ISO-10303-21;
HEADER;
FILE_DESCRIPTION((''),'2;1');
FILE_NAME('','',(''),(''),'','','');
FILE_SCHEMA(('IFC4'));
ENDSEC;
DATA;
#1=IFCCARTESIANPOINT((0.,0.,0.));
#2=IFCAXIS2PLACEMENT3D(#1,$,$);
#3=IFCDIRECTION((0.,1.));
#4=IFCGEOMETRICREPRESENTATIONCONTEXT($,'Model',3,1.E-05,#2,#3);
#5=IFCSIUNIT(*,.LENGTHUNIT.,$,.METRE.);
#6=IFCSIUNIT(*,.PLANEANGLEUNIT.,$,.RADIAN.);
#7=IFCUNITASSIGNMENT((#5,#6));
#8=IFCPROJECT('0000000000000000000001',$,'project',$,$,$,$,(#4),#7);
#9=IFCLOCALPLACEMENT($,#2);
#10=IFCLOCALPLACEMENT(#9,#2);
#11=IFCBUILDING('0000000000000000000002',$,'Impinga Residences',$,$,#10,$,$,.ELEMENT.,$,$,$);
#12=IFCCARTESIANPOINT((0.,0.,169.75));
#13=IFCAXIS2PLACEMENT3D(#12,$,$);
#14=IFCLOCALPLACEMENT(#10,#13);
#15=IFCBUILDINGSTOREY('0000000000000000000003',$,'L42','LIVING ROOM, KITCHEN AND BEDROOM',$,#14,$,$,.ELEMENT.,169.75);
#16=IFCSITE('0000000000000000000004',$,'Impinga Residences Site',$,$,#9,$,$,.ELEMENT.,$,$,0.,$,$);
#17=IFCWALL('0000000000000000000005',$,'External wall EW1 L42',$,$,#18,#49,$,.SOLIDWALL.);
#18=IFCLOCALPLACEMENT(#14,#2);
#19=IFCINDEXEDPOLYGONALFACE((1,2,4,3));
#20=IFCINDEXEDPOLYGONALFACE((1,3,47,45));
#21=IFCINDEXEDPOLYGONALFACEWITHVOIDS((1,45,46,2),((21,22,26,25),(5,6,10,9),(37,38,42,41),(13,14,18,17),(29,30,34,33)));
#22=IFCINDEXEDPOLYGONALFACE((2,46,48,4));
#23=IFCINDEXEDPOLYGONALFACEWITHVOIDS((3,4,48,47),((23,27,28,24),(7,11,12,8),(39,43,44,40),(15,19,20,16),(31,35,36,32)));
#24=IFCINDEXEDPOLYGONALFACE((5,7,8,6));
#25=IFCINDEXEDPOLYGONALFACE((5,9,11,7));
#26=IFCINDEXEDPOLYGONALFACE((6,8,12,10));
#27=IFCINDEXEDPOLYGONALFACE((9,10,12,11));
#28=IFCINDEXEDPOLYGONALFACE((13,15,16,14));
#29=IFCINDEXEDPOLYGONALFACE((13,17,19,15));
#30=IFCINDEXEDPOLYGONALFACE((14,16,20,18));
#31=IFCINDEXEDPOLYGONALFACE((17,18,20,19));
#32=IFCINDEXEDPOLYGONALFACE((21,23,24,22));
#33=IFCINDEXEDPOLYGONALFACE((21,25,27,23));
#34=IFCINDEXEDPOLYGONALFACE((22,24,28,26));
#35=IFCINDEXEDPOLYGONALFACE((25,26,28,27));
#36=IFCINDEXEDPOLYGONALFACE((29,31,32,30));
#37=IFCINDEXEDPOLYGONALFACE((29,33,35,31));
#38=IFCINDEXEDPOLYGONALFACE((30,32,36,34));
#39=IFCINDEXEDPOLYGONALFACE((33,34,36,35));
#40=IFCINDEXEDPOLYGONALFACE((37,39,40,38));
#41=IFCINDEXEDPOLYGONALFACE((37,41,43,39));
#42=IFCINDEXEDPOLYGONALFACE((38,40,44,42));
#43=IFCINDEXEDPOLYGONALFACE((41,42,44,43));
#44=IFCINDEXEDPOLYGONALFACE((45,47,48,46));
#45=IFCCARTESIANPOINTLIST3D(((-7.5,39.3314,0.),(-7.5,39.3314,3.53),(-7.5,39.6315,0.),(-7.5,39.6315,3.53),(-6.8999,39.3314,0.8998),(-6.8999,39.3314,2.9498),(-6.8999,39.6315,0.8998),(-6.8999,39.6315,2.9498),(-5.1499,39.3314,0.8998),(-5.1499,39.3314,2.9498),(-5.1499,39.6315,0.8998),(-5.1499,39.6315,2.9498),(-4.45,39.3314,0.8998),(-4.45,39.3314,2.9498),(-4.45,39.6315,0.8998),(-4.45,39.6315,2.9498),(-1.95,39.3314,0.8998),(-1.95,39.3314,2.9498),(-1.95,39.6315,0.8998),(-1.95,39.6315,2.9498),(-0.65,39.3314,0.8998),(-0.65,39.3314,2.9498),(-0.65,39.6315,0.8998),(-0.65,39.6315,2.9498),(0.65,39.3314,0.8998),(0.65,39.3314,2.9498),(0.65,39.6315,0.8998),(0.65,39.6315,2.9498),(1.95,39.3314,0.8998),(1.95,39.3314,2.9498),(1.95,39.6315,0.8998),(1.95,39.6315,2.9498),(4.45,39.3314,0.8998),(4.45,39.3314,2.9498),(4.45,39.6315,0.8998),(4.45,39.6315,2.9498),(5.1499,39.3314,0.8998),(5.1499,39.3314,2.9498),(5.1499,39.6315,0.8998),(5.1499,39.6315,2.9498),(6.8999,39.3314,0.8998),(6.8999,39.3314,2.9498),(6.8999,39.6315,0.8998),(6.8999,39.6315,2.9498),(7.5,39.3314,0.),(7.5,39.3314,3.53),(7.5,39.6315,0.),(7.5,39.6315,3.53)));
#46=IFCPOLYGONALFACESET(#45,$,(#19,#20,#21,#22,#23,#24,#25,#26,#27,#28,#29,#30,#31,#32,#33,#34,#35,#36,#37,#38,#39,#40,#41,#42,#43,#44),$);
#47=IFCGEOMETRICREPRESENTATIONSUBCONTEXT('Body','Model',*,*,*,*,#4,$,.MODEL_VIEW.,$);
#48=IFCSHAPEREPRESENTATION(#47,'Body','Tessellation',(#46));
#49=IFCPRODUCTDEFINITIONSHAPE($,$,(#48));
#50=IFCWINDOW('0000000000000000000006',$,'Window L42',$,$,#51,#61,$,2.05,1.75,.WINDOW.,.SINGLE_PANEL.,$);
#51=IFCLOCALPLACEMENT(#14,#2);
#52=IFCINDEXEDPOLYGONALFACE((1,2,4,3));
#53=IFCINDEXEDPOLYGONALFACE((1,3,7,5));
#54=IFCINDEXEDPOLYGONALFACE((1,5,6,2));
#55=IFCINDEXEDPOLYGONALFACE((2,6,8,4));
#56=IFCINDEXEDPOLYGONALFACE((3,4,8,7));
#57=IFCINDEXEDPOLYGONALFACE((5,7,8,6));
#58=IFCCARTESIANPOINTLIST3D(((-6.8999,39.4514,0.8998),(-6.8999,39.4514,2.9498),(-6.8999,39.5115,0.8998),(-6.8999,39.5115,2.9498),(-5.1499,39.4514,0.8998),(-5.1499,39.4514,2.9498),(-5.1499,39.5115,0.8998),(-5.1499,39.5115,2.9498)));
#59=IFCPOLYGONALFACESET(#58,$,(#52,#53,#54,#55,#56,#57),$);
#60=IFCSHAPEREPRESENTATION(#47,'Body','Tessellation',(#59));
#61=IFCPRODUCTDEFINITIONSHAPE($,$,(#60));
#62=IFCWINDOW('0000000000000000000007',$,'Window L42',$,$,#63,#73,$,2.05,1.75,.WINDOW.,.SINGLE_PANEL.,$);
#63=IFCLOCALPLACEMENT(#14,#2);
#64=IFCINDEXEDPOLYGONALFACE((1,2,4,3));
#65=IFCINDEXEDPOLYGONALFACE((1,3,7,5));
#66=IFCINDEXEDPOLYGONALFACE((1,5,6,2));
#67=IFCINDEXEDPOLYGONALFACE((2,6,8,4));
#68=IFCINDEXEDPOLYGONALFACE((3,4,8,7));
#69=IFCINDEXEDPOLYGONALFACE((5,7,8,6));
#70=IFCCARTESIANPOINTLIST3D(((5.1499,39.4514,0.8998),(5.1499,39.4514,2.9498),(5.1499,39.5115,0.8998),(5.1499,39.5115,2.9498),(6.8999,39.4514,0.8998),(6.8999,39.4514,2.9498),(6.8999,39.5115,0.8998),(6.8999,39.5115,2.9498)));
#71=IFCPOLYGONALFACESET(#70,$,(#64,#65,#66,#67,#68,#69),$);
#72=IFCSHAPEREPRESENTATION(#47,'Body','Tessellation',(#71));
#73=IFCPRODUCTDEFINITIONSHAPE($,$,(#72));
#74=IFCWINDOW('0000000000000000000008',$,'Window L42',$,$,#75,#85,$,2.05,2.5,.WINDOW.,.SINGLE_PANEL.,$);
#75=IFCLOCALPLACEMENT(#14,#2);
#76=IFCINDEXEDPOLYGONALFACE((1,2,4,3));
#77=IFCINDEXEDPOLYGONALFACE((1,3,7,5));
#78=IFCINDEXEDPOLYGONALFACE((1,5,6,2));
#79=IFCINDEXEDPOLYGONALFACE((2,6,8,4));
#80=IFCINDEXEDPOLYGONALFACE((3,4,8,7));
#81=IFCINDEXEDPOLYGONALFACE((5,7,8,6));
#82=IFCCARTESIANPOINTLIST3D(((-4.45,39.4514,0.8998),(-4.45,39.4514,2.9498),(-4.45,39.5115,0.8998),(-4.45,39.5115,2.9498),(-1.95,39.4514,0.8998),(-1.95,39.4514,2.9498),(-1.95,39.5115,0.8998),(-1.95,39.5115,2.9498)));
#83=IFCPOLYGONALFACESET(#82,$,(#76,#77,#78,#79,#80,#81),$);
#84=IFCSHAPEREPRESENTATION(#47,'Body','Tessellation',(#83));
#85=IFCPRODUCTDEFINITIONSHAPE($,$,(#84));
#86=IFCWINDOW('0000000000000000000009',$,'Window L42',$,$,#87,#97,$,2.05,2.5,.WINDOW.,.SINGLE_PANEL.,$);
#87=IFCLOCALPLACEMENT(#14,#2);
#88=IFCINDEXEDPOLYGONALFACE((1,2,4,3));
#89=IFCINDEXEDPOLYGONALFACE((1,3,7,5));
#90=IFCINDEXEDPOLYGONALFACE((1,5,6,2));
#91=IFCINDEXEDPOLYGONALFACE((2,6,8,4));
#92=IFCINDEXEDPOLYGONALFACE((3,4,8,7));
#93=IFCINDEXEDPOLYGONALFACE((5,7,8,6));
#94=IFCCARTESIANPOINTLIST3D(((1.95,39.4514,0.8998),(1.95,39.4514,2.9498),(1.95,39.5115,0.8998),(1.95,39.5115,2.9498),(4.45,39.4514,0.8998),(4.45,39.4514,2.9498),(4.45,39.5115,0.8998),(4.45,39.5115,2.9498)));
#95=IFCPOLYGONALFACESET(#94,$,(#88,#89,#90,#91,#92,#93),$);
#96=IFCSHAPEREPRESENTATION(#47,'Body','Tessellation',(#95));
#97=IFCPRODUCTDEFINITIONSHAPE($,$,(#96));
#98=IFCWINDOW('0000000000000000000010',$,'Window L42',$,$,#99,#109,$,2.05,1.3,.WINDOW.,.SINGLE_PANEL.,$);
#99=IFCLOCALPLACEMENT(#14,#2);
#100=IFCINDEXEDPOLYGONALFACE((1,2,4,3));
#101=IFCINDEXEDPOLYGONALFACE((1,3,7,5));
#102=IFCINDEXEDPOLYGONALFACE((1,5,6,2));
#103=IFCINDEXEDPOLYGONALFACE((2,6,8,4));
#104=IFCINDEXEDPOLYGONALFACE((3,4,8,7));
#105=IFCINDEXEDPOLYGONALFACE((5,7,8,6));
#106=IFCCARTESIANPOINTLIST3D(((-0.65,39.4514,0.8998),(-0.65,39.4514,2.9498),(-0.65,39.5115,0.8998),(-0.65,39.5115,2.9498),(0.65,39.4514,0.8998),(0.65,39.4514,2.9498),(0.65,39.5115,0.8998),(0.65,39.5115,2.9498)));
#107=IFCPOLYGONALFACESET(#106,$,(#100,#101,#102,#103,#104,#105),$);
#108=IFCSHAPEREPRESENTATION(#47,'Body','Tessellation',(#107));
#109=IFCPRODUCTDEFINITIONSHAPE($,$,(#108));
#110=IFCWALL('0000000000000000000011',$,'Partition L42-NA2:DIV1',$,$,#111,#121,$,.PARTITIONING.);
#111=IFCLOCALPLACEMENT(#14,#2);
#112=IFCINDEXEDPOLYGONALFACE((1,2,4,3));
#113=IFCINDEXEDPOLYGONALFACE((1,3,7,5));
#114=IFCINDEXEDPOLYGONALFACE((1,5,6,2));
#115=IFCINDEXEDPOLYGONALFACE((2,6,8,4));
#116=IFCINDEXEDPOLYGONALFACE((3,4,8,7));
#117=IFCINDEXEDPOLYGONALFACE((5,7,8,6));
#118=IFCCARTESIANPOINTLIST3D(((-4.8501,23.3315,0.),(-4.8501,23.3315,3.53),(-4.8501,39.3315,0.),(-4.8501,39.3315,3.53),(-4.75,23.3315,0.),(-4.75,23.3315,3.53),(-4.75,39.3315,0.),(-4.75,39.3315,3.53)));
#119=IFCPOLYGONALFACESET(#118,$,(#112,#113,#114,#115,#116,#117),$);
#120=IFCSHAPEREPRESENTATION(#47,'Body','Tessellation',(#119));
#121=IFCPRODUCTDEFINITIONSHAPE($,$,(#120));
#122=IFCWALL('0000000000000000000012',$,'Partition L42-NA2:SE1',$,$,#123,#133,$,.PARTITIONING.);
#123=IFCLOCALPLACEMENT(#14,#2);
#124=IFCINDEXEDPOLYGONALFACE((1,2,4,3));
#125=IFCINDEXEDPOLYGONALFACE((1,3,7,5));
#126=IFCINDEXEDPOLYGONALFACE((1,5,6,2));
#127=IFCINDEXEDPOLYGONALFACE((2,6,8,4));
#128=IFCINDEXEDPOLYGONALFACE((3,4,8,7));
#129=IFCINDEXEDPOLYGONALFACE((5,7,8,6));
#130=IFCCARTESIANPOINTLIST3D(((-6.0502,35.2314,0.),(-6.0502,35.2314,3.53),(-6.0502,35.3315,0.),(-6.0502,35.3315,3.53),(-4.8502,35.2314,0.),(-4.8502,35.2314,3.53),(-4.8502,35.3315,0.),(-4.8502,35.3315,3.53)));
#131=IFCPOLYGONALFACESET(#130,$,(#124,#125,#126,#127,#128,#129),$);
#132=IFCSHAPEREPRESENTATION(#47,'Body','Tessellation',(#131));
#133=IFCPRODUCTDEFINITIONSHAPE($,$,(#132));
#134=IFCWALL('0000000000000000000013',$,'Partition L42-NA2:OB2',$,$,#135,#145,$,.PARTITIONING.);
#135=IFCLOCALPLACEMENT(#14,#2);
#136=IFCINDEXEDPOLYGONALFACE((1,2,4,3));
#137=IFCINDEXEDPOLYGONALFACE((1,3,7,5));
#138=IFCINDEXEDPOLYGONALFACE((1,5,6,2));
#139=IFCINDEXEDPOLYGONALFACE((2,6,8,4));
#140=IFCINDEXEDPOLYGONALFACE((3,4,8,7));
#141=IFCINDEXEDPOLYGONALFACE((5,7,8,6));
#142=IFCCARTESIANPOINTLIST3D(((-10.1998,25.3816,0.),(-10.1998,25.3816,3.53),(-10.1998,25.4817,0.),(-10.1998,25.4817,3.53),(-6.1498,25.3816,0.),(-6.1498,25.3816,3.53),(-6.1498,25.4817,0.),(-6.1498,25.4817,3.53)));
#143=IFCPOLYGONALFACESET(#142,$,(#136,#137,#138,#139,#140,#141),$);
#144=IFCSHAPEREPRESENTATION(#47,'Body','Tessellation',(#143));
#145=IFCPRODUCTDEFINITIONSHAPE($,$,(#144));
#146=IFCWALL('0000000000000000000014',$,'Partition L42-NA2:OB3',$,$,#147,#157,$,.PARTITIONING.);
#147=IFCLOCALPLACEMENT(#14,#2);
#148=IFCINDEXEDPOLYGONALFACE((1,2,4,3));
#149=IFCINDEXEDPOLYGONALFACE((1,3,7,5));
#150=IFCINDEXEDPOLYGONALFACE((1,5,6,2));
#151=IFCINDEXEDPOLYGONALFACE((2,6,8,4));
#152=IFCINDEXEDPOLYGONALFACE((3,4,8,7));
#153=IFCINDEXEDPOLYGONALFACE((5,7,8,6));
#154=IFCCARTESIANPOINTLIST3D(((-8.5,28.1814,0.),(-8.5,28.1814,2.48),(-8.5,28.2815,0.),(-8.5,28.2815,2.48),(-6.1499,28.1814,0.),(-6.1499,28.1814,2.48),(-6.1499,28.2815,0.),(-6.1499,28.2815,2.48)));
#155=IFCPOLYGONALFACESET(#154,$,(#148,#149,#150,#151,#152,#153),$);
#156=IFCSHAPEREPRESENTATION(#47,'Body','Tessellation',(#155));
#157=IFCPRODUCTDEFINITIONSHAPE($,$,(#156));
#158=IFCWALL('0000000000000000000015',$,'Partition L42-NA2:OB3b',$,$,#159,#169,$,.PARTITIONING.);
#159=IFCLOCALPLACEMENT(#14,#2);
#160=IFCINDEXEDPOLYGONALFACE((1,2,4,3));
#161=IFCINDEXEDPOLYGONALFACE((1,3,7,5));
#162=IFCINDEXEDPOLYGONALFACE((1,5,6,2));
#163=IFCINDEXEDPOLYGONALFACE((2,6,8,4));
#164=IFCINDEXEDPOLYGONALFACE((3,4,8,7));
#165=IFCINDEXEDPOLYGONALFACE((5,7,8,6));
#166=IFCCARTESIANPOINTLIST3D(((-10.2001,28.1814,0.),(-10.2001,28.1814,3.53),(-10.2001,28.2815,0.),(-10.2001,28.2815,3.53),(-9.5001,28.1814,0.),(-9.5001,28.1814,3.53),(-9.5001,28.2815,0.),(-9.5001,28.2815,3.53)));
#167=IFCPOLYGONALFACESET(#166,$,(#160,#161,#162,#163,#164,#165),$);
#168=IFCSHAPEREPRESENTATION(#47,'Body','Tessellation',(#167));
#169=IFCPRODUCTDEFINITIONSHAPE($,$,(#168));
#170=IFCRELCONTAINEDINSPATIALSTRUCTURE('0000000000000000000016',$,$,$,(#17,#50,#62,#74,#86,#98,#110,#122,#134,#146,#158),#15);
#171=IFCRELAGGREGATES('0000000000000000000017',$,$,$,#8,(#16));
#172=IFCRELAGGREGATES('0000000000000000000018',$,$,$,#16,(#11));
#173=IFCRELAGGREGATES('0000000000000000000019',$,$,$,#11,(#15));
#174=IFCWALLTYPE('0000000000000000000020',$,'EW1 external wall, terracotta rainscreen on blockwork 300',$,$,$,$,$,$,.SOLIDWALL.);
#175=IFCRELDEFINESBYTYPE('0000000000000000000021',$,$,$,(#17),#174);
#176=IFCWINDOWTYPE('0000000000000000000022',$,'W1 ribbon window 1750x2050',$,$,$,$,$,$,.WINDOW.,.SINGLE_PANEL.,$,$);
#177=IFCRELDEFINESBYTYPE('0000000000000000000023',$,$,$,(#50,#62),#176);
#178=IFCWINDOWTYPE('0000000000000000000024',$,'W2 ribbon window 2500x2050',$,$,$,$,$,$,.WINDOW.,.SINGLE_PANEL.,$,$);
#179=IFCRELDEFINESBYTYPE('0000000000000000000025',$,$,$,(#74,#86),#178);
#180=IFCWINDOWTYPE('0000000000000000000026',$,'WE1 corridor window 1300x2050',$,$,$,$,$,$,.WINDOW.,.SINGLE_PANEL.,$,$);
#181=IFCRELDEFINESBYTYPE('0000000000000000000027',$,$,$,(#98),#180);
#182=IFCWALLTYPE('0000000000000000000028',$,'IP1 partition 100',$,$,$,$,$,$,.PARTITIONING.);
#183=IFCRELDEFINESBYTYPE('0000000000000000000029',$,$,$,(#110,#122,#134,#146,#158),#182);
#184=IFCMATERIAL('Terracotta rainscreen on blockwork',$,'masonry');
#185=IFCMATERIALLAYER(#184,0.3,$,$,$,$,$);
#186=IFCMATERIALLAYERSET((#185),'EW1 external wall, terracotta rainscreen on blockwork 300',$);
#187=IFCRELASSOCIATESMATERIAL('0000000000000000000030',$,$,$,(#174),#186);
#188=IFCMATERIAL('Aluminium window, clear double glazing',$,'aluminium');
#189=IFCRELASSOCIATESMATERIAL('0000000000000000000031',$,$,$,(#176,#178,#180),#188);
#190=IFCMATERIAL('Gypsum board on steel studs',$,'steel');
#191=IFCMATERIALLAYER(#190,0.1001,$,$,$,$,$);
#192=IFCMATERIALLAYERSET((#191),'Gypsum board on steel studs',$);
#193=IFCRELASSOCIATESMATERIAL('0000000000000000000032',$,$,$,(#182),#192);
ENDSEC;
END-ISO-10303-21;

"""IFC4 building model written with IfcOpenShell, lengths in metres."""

from ifc_helpers import new_model, si_unit, direction, frame, frame_2d, origin, place, context, subcontext, project, spatial, rectangle, extrude, material, layer, layer_set, type_object, element, fill, save


model = new_model("IFC4")

# Units and contexts
model_context = context("Model", 3, precision=1e-05, world=origin(), true_north=direction((0.0, 1.0)))
body_context = subcontext(model_context, "Body", "Model", "MODEL_VIEW")
ifc_project = project(units=[si_unit("LENGTHUNIT", "METRE"), si_unit("PLANEANGLEUNIT", "RADIAN")], contexts=[model_context])

# Site, building, storey
site_placement = place(None, origin())
site = spatial("IfcSite", under=ifc_project, at=site_placement, Name="Impinga Residences Site", CompositionType="ELEMENT", RefElevation=0.0)
building_placement = place(site_placement, origin())
building = spatial("IfcBuilding", under=site, at=building_placement, Name="Impinga Residences", CompositionType="ELEMENT")
storey_placement = place(building_placement, frame((0.0, 0.0, 169.75)))
storey = spatial("IfcBuildingStorey", under=building, at=storey_placement, Name="L42", Description="LIVING ROOM, KITCHEN AND BEDROOM", CompositionType="ELEMENT", Elevation=169.75)

# Shared definitions
ifc_material_1 = material(Name="Terracotta rainscreen on blockwork", Category="masonry")
ifc_layer_1 = layer(ifc_material_1, 0.3)
ifc_layer_set_1 = layer_set([ifc_layer_1], Name="EW1 external wall, terracotta rainscreen on blockwork 300")
wall_type_1 = type_object("IfcWallType", Name="EW1 external wall, terracotta rainscreen on blockwork 300", PredefinedType="SOLIDWALL", material=ifc_layer_set_1)

# Wall, openings, windows
wall_1_placement = place(storey_placement, frame((-7.5, 39.4814, 0.0), z_axis=(0.0, 0.0, 1.0), x_axis=(1.0, 0.0, 0.0)))
wall_1 = element("IfcWall", 1, at=wall_1_placement, inside=storey, type_object=wall_type_1, Name="External wall EW1 L42", PredefinedType="SOLIDWALL", context=body_context, shape_type="SweptSolid", body=[
    extrude(rectangle(XDim=15.0, YDim=0.3, at=frame_2d((7.5, 0.0))), origin(), (0.0, 0.0, 1.0), 3.53),
])
opening_1_placement = place(wall_1_placement, frame((0.6001, 0.0, 0.8999)))
opening_1 = element("IfcOpeningElement", 2, at=opening_1_placement, cuts=wall_1, PredefinedType="OPENING", context=body_context, shape_type="SweptSolid", body=[
    extrude(rectangle(XDim=1.75, YDim=2.05, at=frame_2d((0.875, 1.0249))), frame((0.0, 0.1599, 0.0), z_axis=(0.0, -1.0, 0.0), x_axis=(1.0, 0.0, 0.0)), (0.0, 0.0, 1.0), 0.3201),
])
opening_2_placement = place(wall_1_placement, frame((3.05, 0.0, 0.8999)))
opening_2 = element("IfcOpeningElement", 3, at=opening_2_placement, cuts=wall_1, PredefinedType="OPENING", context=body_context, shape_type="SweptSolid", body=[
    extrude(rectangle(XDim=2.5, YDim=2.05, at=frame_2d((1.25, 1.0249))), frame((0.0, 0.1599, 0.0), z_axis=(0.0, -1.0, 0.0), x_axis=(1.0, 0.0, 0.0)), (0.0, 0.0, 1.0), 0.3201),
])
opening_3_placement = place(wall_1_placement, frame((6.8501, 0.0, 0.8999)))
opening_3 = element("IfcOpeningElement", 4, at=opening_3_placement, cuts=wall_1, PredefinedType="OPENING", context=body_context, shape_type="SweptSolid", body=[
    extrude(rectangle(XDim=1.3, YDim=2.05, at=frame_2d((0.6499, 1.0249))), frame((0.0, 0.1599, 0.0), z_axis=(0.0, -1.0, 0.0), x_axis=(1.0, 0.0, 0.0)), (0.0, 0.0, 1.0), 0.3201),
])
opening_4_placement = place(wall_1_placement, frame((9.45, 0.0, 0.8999)))
opening_4 = element("IfcOpeningElement", 5, at=opening_4_placement, cuts=wall_1, PredefinedType="OPENING", context=body_context, shape_type="SweptSolid", body=[
    extrude(rectangle(XDim=2.5, YDim=2.05, at=frame_2d((1.25, 1.0249))), frame((0.0, 0.1599, 0.0), z_axis=(0.0, -1.0, 0.0), x_axis=(1.0, 0.0, 0.0)), (0.0, 0.0, 1.0), 0.3201),
])
opening_5_placement = place(wall_1_placement, frame((12.6499, 0.0, 0.8999)))
opening_5 = element("IfcOpeningElement", 6, at=opening_5_placement, cuts=wall_1, PredefinedType="OPENING", context=body_context, shape_type="SweptSolid", body=[
    extrude(rectangle(XDim=1.75, YDim=2.05, at=frame_2d((0.875, 1.0249))), frame((0.0, 0.1599, 0.0), z_axis=(0.0, -1.0, 0.0), x_axis=(1.0, 0.0, 0.0)), (0.0, 0.0, 1.0), 0.3201),
])
ifc_material_2 = material(Name="Aluminium window, clear double glazing", Category="aluminium")
window_type_1 = type_object("IfcWindowType", Name="W1 ribbon window 1750x2050", PartitioningType="SINGLE_PANEL", PredefinedType="WINDOW", material=ifc_material_2)
window_1_placement = place(opening_1_placement, origin())
window_1 = element("IfcWindow", 7, at=window_1_placement, inside=storey, type_object=window_type_1, Name="Window L42", OverallHeight=2.05, OverallWidth=1.75, PartitioningType="SINGLE_PANEL", PredefinedType="WINDOW", context=body_context, shape_type="SweptSolid", body=[
    extrude(rectangle(XDim=1.75, YDim=2.05, at=frame_2d((0.875, 1.0249))), frame((0.0, 0.03, 0.0), z_axis=(0.0, -1.0, 0.0), x_axis=(1.0, 0.0, 0.0)), (0.0, 0.0, 1.0), 0.0601),
])
fill(opening_1, window_1)
window_2_placement = place(opening_5_placement, origin())
window_2 = element("IfcWindow", 8, at=window_2_placement, inside=storey, type_object=window_type_1, Name="Window L42", OverallHeight=2.05, OverallWidth=1.75, PartitioningType="SINGLE_PANEL", PredefinedType="WINDOW", context=body_context, shape_type="SweptSolid", body=[
    extrude(rectangle(XDim=1.75, YDim=2.05, at=frame_2d((0.875, 1.0249))), frame((0.0, 0.03, 0.0), z_axis=(0.0, -1.0, 0.0), x_axis=(1.0, 0.0, 0.0)), (0.0, 0.0, 1.0), 0.0601),
])
fill(opening_5, window_2)
window_type_2 = type_object("IfcWindowType", Name="W2 ribbon window 2500x2050", PartitioningType="SINGLE_PANEL", PredefinedType="WINDOW", material=ifc_material_2)
window_3_placement = place(opening_2_placement, origin())
window_3 = element("IfcWindow", 9, at=window_3_placement, inside=storey, type_object=window_type_2, Name="Window L42", OverallHeight=2.05, OverallWidth=2.5, PartitioningType="SINGLE_PANEL", PredefinedType="WINDOW", context=body_context, shape_type="SweptSolid", body=[
    extrude(rectangle(XDim=2.5, YDim=2.05, at=frame_2d((1.25, 1.0249))), frame((0.0, 0.03, 0.0), z_axis=(0.0, -1.0, 0.0), x_axis=(1.0, 0.0, 0.0)), (0.0, 0.0, 1.0), 0.0601),
])
fill(opening_2, window_3)
window_4_placement = place(opening_4_placement, origin())
window_4 = element("IfcWindow", 10, at=window_4_placement, inside=storey, type_object=window_type_2, Name="Window L42", OverallHeight=2.05, OverallWidth=2.5, PartitioningType="SINGLE_PANEL", PredefinedType="WINDOW", context=body_context, shape_type="SweptSolid", body=[
    extrude(rectangle(XDim=2.5, YDim=2.05, at=frame_2d((1.25, 1.0249))), frame((0.0, 0.03, 0.0), z_axis=(0.0, -1.0, 0.0), x_axis=(1.0, 0.0, 0.0)), (0.0, 0.0, 1.0), 0.0601),
])
fill(opening_4, window_4)
window_type_3 = type_object("IfcWindowType", Name="WE1 corridor window 1300x2050", PartitioningType="SINGLE_PANEL", PredefinedType="WINDOW", material=ifc_material_2)
window_5_placement = place(opening_3_placement, origin())
window_5 = element("IfcWindow", 11, at=window_5_placement, inside=storey, type_object=window_type_3, Name="Window L42", OverallHeight=2.05, OverallWidth=1.3, PartitioningType="SINGLE_PANEL", PredefinedType="WINDOW", context=body_context, shape_type="SweptSolid", body=[
    extrude(rectangle(XDim=1.3, YDim=2.05, at=frame_2d((0.6499, 1.0249))), frame((0.0, 0.03, 0.0), z_axis=(0.0, -1.0, 0.0), x_axis=(1.0, 0.0, 0.0)), (0.0, 0.0, 1.0), 0.0601),
])
fill(opening_3, window_5)

# Walls
ifc_material_3 = material(Name="Gypsum board on steel studs", Category="steel")
ifc_layer_2 = layer(ifc_material_3, 0.1001)
ifc_layer_set_2 = layer_set([ifc_layer_2], Name="Gypsum board on steel studs")
wall_type_2 = type_object("IfcWallType", Name="IP1 partition 100", PredefinedType="PARTITIONING", material=ifc_layer_set_2)
wall_2_placement = place(storey_placement, frame((-4.8, 23.3315, 0.0), z_axis=(0.0, 0.0, 1.0), x_axis=(0.0, 1.0, 0.0)))
element("IfcWall", 12, at=wall_2_placement, inside=storey, type_object=wall_type_2, Name="Partition L42-NA2:DIV1", PredefinedType="PARTITIONING", context=body_context, shape_type="SweptSolid", body=[
    extrude(rectangle(XDim=16.0, YDim=0.1001, at=frame_2d((8.0, 0.0))), origin(), (0.0, 0.0, 1.0), 3.53),
])
wall_3_placement = place(storey_placement, frame((-4.8501, 35.2815, 0.0), z_axis=(0.0, 0.0, 1.0), x_axis=(-1.0, 0.0, 0.0)))
element("IfcWall", 13, at=wall_3_placement, inside=storey, type_object=wall_type_2, Name="Partition L42-NA2:SE1", PredefinedType="PARTITIONING", context=body_context, shape_type="SweptSolid", body=[
    extrude(rectangle(XDim=1.2, YDim=0.1001, at=frame_2d((0.6001, 0.0))), origin(), (0.0, 0.0, 1.0), 3.53),
])
wall_4_placement = place(storey_placement, frame((-6.1499, 25.4316, 0.0), z_axis=(0.0, 0.0, 1.0), x_axis=(-1.0, 0.0, 0.0)))
element("IfcWall", 14, at=wall_4_placement, inside=storey, type_object=wall_type_2, Name="Partition L42-NA2:OB2", PredefinedType="PARTITIONING", context=body_context, shape_type="SweptSolid", body=[
    extrude(rectangle(XDim=4.05, YDim=0.1001, at=frame_2d((2.0249, 0.0))), origin(), (0.0, 0.0, 1.0), 3.53),
])
wall_5_placement = place(storey_placement, frame((-6.1499, 28.2314, 0.0), z_axis=(0.0, 0.0, 1.0), x_axis=(-1.0, 0.0, 0.0)))
element("IfcWall", 15, at=wall_5_placement, inside=storey, type_object=wall_type_2, Name="Partition L42-NA2:OB3", PredefinedType="PARTITIONING", context=body_context, shape_type="SweptSolid", body=[
    extrude(rectangle(XDim=2.3501, YDim=0.1001, at=frame_2d((1.175, 0.0))), origin(), (0.0, 0.0, 1.0), 2.48),
])
wall_6_placement = place(storey_placement, frame((-9.5, 28.2314, 0.0), z_axis=(0.0, 0.0, 1.0), x_axis=(-1.0, 0.0, 0.0)))
element("IfcWall", 16, at=wall_6_placement, inside=storey, type_object=wall_type_2, Name="Partition L42-NA2:OB3b", PredefinedType="PARTITIONING", context=body_context, shape_type="SweptSolid", body=[
    extrude(rectangle(XDim=0.7, YDim=0.1001, at=frame_2d((0.3501, 0.0))), origin(), (0.0, 0.0, 1.0), 3.53),
])

save(model, "model.ifc")
